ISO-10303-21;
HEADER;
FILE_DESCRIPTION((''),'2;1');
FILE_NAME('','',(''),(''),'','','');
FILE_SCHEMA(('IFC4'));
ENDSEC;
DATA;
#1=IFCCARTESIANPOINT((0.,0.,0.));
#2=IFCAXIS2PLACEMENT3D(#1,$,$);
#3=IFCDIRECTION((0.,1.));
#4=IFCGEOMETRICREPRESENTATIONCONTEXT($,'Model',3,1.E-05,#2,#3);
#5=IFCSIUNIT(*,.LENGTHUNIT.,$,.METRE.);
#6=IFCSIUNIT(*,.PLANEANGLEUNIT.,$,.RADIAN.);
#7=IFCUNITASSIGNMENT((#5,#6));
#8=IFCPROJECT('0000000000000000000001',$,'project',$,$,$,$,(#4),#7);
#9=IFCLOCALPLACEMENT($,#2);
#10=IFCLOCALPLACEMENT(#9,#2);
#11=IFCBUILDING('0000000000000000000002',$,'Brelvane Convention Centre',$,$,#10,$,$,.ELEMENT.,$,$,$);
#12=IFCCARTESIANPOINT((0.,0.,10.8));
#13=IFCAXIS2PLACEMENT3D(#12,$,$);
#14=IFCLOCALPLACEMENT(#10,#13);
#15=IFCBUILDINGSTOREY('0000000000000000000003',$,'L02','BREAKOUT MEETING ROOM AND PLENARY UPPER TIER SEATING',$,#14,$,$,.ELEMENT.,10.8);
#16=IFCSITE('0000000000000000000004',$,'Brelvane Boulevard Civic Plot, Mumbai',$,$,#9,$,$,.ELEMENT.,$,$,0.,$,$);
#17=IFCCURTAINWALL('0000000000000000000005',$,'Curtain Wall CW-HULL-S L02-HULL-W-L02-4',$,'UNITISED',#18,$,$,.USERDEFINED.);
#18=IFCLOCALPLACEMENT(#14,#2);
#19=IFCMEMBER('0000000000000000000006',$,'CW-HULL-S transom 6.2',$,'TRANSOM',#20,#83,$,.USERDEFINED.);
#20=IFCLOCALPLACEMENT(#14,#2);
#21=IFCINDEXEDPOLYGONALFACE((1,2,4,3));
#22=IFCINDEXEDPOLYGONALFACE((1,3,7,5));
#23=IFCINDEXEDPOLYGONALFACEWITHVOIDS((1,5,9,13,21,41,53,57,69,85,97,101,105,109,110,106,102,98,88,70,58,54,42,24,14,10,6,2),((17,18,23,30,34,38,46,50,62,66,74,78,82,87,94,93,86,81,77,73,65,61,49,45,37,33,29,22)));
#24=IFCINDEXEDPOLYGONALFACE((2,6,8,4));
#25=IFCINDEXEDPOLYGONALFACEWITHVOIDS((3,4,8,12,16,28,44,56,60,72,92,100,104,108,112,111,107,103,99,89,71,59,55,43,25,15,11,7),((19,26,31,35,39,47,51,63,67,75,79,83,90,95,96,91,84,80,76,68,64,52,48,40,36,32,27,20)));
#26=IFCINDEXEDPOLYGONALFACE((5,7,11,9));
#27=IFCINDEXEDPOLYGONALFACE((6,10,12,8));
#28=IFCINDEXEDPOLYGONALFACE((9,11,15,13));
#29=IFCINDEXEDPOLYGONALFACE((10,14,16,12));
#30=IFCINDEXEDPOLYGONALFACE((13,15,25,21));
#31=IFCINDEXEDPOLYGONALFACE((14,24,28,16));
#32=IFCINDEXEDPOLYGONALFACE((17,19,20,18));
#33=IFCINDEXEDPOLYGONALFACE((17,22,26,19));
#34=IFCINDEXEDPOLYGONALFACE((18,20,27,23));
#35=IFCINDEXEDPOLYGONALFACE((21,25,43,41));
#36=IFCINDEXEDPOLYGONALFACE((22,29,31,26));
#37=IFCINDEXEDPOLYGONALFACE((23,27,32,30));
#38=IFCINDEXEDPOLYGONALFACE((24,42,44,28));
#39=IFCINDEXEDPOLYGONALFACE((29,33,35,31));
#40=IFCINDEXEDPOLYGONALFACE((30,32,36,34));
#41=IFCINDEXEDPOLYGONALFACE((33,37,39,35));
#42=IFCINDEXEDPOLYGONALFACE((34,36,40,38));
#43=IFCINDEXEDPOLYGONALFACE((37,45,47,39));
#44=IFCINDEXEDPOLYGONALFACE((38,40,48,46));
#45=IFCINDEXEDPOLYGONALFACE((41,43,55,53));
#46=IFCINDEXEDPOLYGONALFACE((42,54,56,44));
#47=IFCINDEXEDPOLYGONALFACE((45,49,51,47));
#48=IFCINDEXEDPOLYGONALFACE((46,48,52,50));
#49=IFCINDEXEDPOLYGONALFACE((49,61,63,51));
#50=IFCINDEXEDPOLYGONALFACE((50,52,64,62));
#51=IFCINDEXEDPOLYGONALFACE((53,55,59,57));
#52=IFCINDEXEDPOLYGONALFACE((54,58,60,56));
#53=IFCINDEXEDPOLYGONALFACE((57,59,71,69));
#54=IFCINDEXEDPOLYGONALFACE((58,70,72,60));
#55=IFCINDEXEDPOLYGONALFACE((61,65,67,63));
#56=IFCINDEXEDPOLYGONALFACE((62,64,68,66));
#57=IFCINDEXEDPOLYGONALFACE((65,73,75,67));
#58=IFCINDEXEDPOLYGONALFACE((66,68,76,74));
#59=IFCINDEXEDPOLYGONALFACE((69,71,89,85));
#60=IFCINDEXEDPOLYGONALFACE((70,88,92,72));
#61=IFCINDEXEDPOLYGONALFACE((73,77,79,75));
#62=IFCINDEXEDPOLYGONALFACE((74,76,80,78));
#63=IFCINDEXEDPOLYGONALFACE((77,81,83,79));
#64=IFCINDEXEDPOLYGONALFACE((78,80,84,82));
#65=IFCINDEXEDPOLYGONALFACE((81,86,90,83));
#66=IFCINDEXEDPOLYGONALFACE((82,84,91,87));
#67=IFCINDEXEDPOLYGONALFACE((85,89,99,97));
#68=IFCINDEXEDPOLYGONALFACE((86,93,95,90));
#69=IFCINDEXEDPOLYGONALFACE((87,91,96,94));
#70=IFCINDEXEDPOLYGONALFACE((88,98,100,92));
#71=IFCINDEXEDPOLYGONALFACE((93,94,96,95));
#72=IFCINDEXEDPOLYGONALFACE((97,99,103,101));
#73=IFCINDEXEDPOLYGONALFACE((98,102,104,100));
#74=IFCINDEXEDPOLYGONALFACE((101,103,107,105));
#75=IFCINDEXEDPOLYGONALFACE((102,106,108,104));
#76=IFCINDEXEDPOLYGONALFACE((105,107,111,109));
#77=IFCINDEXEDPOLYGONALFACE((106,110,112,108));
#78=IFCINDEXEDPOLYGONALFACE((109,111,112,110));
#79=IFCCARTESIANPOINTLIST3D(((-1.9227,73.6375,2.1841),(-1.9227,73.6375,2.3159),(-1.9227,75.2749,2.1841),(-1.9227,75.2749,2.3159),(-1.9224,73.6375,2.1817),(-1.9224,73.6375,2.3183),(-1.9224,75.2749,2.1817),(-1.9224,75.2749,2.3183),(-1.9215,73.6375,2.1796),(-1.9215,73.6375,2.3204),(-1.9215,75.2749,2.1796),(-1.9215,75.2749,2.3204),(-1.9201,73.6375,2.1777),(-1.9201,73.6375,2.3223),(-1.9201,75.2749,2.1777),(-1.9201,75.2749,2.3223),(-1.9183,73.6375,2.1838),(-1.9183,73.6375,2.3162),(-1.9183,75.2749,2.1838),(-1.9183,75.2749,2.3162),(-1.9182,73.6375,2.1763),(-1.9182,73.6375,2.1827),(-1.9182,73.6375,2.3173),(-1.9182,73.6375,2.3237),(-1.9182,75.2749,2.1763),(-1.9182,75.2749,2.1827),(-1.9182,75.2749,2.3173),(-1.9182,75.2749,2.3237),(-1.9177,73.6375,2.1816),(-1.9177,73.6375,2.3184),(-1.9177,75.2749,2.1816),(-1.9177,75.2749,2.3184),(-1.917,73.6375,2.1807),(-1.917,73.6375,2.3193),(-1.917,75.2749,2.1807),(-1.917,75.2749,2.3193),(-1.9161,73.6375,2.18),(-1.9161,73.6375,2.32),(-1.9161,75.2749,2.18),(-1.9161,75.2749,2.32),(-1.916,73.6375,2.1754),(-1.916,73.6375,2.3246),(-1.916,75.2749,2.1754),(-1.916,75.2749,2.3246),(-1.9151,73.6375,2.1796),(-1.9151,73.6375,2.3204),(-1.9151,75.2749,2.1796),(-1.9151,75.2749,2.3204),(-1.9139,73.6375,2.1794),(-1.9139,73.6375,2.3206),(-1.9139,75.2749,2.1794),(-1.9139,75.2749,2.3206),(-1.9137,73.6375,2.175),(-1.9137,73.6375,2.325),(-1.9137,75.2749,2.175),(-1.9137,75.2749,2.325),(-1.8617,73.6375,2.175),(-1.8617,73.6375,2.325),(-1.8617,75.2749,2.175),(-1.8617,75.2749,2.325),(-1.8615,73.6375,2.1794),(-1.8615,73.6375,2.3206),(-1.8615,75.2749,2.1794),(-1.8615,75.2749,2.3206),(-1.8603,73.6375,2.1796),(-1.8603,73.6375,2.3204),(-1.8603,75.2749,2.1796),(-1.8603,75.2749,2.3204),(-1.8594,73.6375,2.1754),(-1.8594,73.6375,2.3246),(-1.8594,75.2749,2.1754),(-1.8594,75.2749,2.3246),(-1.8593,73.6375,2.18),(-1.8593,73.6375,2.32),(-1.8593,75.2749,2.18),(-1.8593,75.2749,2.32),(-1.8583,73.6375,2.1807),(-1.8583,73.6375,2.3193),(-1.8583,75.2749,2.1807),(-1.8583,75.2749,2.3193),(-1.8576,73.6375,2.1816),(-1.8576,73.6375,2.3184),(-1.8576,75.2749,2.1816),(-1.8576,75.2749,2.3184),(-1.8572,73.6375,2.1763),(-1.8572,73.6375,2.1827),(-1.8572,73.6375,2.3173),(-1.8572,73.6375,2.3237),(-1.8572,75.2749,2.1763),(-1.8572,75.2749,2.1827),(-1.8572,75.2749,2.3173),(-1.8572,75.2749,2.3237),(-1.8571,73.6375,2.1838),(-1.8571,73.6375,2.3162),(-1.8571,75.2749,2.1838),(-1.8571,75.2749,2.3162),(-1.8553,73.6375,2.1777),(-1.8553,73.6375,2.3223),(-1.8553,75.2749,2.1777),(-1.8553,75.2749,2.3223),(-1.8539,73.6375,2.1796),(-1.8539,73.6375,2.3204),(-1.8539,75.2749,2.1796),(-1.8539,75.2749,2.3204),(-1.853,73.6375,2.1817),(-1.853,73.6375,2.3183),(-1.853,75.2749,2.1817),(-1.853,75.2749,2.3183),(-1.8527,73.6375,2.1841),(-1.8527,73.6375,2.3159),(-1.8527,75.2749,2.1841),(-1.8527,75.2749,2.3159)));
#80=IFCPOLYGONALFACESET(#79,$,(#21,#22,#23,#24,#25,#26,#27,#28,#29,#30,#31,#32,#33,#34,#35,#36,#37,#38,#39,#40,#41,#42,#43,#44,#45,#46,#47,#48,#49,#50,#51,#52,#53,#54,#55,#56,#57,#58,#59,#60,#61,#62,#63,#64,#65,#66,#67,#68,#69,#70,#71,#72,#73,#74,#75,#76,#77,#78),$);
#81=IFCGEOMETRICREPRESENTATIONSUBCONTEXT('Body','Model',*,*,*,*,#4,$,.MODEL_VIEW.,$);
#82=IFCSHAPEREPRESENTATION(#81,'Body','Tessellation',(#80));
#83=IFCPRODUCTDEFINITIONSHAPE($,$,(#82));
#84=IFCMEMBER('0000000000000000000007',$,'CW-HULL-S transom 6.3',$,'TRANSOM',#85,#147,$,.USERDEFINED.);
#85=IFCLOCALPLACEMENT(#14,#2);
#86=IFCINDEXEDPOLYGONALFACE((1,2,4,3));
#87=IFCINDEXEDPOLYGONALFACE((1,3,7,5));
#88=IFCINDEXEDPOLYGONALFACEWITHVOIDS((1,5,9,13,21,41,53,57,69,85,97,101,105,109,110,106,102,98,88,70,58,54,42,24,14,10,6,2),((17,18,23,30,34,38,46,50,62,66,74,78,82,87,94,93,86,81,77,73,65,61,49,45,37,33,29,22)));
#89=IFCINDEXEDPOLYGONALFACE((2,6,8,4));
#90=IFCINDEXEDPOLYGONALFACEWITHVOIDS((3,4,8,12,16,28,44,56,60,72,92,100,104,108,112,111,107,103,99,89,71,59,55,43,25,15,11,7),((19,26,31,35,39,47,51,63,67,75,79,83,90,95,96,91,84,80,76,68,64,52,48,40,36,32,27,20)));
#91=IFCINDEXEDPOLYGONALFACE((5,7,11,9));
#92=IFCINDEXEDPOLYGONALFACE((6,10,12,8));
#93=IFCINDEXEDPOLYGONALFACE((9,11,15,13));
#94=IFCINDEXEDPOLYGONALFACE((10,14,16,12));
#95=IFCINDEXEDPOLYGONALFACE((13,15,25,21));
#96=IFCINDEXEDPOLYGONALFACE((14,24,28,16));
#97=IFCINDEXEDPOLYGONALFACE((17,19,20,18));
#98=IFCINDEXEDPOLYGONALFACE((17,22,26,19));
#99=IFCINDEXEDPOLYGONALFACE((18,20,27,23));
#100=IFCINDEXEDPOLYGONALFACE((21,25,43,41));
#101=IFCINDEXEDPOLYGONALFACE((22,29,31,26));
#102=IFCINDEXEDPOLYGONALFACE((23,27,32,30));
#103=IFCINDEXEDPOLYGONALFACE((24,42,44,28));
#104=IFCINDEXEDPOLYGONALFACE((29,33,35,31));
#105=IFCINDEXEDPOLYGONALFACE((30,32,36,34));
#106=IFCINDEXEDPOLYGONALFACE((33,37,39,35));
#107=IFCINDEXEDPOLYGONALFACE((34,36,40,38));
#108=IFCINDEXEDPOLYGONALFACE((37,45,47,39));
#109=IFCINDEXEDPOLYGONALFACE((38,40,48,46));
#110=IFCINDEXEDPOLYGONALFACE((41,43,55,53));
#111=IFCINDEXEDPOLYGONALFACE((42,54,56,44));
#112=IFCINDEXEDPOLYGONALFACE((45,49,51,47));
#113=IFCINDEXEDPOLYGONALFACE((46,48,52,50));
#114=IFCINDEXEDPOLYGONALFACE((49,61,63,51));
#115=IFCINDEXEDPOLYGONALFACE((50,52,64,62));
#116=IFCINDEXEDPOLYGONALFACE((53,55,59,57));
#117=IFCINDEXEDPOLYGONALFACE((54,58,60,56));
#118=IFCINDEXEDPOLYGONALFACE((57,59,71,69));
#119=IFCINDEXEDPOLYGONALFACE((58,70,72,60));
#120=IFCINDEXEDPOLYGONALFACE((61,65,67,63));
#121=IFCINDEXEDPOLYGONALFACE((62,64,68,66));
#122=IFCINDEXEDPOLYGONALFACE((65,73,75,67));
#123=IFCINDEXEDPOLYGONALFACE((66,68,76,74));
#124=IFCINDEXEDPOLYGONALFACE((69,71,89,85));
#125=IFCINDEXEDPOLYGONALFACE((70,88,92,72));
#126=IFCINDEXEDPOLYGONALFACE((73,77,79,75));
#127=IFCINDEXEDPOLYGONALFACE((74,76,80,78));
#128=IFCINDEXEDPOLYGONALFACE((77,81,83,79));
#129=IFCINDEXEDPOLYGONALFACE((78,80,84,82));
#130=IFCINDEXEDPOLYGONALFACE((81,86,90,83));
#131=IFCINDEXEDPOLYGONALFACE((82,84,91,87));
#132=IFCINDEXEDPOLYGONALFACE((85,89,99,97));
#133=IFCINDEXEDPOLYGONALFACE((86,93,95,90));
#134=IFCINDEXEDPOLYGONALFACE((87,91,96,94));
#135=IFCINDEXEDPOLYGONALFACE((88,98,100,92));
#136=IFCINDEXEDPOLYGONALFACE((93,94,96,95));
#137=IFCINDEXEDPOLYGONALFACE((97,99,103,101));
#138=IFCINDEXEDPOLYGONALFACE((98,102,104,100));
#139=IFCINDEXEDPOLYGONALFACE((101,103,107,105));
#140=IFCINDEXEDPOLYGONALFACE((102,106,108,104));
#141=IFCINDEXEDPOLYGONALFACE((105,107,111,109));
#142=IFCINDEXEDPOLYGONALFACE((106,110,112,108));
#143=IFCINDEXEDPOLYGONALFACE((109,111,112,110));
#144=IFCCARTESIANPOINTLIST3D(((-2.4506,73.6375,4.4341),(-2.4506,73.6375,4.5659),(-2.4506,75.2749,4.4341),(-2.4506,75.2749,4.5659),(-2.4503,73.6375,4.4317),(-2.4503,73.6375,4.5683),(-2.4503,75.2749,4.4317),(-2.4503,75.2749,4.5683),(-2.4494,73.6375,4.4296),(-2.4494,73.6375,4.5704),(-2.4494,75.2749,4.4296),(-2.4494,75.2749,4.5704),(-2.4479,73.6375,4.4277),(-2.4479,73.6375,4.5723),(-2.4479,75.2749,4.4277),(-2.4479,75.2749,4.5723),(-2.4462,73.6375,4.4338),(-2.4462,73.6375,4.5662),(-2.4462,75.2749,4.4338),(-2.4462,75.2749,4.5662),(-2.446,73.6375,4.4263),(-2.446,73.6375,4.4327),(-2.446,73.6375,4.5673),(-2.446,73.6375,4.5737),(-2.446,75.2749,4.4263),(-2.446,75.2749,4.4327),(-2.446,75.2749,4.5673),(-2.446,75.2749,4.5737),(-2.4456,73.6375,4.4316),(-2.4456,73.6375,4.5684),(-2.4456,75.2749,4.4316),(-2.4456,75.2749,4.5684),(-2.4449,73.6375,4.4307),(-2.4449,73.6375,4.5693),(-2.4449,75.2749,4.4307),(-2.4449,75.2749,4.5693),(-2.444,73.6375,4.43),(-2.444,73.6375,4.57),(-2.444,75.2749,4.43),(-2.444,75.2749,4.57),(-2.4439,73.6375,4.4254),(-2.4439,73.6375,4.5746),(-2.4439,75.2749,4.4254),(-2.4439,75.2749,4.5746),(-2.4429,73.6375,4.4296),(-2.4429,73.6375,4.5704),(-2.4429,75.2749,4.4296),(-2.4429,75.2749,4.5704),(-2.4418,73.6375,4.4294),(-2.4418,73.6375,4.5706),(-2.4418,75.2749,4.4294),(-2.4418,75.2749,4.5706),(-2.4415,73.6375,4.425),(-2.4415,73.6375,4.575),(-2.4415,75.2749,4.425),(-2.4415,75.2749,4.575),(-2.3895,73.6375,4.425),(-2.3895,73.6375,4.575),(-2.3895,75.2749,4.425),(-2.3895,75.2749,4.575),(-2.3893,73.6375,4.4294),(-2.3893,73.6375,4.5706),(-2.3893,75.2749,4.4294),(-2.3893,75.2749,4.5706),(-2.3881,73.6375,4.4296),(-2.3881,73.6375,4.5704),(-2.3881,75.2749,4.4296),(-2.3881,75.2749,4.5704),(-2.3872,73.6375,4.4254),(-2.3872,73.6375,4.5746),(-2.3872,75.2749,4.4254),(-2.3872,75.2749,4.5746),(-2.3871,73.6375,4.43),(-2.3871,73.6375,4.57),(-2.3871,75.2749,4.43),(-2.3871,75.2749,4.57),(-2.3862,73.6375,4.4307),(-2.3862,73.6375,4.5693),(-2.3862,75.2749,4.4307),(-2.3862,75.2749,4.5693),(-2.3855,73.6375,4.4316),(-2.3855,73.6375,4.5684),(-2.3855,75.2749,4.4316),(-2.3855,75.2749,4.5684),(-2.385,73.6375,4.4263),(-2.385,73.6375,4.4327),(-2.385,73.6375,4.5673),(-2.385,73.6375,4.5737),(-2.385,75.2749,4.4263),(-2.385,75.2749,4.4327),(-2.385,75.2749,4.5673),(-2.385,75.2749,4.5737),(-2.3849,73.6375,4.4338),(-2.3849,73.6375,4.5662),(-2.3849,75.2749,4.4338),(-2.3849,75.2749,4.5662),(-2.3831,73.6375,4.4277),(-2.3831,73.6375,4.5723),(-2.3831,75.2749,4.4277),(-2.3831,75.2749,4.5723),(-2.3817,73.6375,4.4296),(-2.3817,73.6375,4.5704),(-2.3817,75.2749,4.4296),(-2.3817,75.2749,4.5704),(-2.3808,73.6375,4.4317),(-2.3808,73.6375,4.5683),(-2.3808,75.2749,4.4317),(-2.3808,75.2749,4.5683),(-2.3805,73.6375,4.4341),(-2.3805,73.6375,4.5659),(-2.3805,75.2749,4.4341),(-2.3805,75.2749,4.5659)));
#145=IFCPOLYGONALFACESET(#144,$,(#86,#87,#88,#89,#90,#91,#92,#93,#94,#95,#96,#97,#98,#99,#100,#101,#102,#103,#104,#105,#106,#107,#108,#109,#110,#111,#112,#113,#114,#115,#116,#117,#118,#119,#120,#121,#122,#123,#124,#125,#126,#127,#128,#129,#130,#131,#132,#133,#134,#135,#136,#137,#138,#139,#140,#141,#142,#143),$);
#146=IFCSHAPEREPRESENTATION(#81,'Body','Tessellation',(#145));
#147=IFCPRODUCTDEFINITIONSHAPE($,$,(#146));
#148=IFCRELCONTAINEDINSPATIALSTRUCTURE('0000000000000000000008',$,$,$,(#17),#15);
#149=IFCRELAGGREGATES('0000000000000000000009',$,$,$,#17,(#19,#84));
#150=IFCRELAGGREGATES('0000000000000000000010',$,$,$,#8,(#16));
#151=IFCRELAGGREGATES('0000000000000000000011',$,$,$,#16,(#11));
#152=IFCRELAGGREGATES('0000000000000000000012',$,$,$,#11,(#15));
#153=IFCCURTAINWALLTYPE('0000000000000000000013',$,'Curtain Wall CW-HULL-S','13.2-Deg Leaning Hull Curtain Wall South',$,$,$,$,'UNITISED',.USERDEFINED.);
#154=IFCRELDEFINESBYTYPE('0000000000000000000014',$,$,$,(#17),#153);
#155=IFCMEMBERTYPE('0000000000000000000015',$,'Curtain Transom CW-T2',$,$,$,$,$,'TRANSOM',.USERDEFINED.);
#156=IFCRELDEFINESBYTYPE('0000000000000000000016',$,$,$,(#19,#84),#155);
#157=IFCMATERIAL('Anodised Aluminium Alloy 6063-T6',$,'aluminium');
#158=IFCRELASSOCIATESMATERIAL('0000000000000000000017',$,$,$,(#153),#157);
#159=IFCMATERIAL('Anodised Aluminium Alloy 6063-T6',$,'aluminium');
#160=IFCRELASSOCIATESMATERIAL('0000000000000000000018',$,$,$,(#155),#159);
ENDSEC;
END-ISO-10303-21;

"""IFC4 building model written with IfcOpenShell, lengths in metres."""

from ifc_helpers import new_model, si_unit, direction, frame, origin, origin_2d, place, context, subcontext, project, spatial, hollow_rectangle, extrude, material, material_profile, profile_set, type_object, element, aggregate, save


model = new_model("IFC4")

# Units and contexts
model_context = context("Model", 3, precision=1e-05, world=origin(), true_north=direction((0.0, 1.0)))
body_context = subcontext(model_context, "Body", "Model", "MODEL_VIEW")
ifc_project = project(units=[si_unit("LENGTHUNIT", "METRE"), si_unit("PLANEANGLEUNIT", "RADIAN")], contexts=[model_context])

# Site, building, storey
site_placement = place(None, origin())
site = spatial("IfcSite", under=ifc_project, at=site_placement, Name="Brelvane Boulevard Civic Plot, Mumbai", CompositionType="ELEMENT", RefElevation=0.0)
building_placement = place(site_placement, origin())
building = spatial("IfcBuilding", under=site, at=building_placement, Name="Brelvane Convention Centre", CompositionType="ELEMENT")
storey_placement = place(building_placement, frame((0.0, 0.0, 10.8)))
storey = spatial("IfcBuildingStorey", under=building, at=storey_placement, Name="L02", Description="BREAKOUT MEETING ROOM AND PLENARY UPPER TIER SEATING", CompositionType="ELEMENT", Elevation=10.8)

# Curtain wall
ifc_material_1 = material(Name="Anodised Aluminium Alloy 6063-T6", Category="aluminium")
curtain_wall_type = type_object("IfcCurtainWallType", Name="Curtain Wall CW-HULL-S", Description="13.2-Deg Leaning Hull Curtain Wall South", ElementType="UNITISED", PredefinedType="USERDEFINED", material=ifc_material_1)
curtain_wall_1_placement = place(storey_placement, origin())
curtain_wall_1 = element("IfcCurtainWall", 1, at=curtain_wall_1_placement, inside=storey, type_object=curtain_wall_type, Name="Curtain Wall CW-HULL-S L02-HULL-W-L02-4", ObjectType="UNITISED", PredefinedType="USERDEFINED")

# Members
ifc_material_2 = material(Name="Anodised Aluminium Alloy 6063-T6", Category="aluminium")
ifc_material_profile_1 = material_profile(ifc_material_2, hollow_rectangle(XDim=0.0701, YDim=0.1499, WallThickness=0.0044, InnerFilletRadius=0.0044, OuterFilletRadius=0.009, at=origin_2d()), Name="ALU-T 150x70x4.5")
ifc_profile_set_1 = profile_set([ifc_material_profile_1], Name="Anodised Aluminium Alloy 6063-T6")
member_type_1 = type_object("IfcMemberType", Name="Curtain Transom CW-T2", ElementType="TRANSOM", PredefinedType="USERDEFINED", material=ifc_profile_set_1)
member_1_placement = place(storey_placement, frame((-1.8877, 73.6375, 2.25), z_axis=(0.0, 1.0, 0.0), x_axis=(-1.0, 0.0, 0.0)))
member_1 = element("IfcMember", 2, at=member_1_placement, type_object=member_type_1, Name="CW-HULL-S transom 6.2", ObjectType="TRANSOM", PredefinedType="USERDEFINED", context=body_context, shape_type="SweptSolid", body=[
    extrude(hollow_rectangle(XDim=0.0701, YDim=0.1499, WallThickness=0.0044, InnerFilletRadius=0.0044, OuterFilletRadius=0.009, at=origin_2d()), origin(), (0.0, 0.0, 1.0), 1.6375),
])
member_2_placement = place(storey_placement, frame((-2.4155, 73.6375, 4.5), z_axis=(0.0, 1.0, 0.0), x_axis=(-1.0, 0.0, 0.0)))
member_2 = element("IfcMember", 3, at=member_2_placement, type_object=member_type_1, Name="CW-HULL-S transom 6.3", ObjectType="TRANSOM", PredefinedType="USERDEFINED", context=body_context, shape_type="SweptSolid", body=[
    extrude(hollow_rectangle(XDim=0.0701, YDim=0.1499, WallThickness=0.0044, InnerFilletRadius=0.0044, OuterFilletRadius=0.009, at=origin_2d()), origin(), (0.0, 0.0, 1.0), 1.6375),
])

aggregate(curtain_wall_1, [member_1, member_2])

save(model, "model.ifc")
